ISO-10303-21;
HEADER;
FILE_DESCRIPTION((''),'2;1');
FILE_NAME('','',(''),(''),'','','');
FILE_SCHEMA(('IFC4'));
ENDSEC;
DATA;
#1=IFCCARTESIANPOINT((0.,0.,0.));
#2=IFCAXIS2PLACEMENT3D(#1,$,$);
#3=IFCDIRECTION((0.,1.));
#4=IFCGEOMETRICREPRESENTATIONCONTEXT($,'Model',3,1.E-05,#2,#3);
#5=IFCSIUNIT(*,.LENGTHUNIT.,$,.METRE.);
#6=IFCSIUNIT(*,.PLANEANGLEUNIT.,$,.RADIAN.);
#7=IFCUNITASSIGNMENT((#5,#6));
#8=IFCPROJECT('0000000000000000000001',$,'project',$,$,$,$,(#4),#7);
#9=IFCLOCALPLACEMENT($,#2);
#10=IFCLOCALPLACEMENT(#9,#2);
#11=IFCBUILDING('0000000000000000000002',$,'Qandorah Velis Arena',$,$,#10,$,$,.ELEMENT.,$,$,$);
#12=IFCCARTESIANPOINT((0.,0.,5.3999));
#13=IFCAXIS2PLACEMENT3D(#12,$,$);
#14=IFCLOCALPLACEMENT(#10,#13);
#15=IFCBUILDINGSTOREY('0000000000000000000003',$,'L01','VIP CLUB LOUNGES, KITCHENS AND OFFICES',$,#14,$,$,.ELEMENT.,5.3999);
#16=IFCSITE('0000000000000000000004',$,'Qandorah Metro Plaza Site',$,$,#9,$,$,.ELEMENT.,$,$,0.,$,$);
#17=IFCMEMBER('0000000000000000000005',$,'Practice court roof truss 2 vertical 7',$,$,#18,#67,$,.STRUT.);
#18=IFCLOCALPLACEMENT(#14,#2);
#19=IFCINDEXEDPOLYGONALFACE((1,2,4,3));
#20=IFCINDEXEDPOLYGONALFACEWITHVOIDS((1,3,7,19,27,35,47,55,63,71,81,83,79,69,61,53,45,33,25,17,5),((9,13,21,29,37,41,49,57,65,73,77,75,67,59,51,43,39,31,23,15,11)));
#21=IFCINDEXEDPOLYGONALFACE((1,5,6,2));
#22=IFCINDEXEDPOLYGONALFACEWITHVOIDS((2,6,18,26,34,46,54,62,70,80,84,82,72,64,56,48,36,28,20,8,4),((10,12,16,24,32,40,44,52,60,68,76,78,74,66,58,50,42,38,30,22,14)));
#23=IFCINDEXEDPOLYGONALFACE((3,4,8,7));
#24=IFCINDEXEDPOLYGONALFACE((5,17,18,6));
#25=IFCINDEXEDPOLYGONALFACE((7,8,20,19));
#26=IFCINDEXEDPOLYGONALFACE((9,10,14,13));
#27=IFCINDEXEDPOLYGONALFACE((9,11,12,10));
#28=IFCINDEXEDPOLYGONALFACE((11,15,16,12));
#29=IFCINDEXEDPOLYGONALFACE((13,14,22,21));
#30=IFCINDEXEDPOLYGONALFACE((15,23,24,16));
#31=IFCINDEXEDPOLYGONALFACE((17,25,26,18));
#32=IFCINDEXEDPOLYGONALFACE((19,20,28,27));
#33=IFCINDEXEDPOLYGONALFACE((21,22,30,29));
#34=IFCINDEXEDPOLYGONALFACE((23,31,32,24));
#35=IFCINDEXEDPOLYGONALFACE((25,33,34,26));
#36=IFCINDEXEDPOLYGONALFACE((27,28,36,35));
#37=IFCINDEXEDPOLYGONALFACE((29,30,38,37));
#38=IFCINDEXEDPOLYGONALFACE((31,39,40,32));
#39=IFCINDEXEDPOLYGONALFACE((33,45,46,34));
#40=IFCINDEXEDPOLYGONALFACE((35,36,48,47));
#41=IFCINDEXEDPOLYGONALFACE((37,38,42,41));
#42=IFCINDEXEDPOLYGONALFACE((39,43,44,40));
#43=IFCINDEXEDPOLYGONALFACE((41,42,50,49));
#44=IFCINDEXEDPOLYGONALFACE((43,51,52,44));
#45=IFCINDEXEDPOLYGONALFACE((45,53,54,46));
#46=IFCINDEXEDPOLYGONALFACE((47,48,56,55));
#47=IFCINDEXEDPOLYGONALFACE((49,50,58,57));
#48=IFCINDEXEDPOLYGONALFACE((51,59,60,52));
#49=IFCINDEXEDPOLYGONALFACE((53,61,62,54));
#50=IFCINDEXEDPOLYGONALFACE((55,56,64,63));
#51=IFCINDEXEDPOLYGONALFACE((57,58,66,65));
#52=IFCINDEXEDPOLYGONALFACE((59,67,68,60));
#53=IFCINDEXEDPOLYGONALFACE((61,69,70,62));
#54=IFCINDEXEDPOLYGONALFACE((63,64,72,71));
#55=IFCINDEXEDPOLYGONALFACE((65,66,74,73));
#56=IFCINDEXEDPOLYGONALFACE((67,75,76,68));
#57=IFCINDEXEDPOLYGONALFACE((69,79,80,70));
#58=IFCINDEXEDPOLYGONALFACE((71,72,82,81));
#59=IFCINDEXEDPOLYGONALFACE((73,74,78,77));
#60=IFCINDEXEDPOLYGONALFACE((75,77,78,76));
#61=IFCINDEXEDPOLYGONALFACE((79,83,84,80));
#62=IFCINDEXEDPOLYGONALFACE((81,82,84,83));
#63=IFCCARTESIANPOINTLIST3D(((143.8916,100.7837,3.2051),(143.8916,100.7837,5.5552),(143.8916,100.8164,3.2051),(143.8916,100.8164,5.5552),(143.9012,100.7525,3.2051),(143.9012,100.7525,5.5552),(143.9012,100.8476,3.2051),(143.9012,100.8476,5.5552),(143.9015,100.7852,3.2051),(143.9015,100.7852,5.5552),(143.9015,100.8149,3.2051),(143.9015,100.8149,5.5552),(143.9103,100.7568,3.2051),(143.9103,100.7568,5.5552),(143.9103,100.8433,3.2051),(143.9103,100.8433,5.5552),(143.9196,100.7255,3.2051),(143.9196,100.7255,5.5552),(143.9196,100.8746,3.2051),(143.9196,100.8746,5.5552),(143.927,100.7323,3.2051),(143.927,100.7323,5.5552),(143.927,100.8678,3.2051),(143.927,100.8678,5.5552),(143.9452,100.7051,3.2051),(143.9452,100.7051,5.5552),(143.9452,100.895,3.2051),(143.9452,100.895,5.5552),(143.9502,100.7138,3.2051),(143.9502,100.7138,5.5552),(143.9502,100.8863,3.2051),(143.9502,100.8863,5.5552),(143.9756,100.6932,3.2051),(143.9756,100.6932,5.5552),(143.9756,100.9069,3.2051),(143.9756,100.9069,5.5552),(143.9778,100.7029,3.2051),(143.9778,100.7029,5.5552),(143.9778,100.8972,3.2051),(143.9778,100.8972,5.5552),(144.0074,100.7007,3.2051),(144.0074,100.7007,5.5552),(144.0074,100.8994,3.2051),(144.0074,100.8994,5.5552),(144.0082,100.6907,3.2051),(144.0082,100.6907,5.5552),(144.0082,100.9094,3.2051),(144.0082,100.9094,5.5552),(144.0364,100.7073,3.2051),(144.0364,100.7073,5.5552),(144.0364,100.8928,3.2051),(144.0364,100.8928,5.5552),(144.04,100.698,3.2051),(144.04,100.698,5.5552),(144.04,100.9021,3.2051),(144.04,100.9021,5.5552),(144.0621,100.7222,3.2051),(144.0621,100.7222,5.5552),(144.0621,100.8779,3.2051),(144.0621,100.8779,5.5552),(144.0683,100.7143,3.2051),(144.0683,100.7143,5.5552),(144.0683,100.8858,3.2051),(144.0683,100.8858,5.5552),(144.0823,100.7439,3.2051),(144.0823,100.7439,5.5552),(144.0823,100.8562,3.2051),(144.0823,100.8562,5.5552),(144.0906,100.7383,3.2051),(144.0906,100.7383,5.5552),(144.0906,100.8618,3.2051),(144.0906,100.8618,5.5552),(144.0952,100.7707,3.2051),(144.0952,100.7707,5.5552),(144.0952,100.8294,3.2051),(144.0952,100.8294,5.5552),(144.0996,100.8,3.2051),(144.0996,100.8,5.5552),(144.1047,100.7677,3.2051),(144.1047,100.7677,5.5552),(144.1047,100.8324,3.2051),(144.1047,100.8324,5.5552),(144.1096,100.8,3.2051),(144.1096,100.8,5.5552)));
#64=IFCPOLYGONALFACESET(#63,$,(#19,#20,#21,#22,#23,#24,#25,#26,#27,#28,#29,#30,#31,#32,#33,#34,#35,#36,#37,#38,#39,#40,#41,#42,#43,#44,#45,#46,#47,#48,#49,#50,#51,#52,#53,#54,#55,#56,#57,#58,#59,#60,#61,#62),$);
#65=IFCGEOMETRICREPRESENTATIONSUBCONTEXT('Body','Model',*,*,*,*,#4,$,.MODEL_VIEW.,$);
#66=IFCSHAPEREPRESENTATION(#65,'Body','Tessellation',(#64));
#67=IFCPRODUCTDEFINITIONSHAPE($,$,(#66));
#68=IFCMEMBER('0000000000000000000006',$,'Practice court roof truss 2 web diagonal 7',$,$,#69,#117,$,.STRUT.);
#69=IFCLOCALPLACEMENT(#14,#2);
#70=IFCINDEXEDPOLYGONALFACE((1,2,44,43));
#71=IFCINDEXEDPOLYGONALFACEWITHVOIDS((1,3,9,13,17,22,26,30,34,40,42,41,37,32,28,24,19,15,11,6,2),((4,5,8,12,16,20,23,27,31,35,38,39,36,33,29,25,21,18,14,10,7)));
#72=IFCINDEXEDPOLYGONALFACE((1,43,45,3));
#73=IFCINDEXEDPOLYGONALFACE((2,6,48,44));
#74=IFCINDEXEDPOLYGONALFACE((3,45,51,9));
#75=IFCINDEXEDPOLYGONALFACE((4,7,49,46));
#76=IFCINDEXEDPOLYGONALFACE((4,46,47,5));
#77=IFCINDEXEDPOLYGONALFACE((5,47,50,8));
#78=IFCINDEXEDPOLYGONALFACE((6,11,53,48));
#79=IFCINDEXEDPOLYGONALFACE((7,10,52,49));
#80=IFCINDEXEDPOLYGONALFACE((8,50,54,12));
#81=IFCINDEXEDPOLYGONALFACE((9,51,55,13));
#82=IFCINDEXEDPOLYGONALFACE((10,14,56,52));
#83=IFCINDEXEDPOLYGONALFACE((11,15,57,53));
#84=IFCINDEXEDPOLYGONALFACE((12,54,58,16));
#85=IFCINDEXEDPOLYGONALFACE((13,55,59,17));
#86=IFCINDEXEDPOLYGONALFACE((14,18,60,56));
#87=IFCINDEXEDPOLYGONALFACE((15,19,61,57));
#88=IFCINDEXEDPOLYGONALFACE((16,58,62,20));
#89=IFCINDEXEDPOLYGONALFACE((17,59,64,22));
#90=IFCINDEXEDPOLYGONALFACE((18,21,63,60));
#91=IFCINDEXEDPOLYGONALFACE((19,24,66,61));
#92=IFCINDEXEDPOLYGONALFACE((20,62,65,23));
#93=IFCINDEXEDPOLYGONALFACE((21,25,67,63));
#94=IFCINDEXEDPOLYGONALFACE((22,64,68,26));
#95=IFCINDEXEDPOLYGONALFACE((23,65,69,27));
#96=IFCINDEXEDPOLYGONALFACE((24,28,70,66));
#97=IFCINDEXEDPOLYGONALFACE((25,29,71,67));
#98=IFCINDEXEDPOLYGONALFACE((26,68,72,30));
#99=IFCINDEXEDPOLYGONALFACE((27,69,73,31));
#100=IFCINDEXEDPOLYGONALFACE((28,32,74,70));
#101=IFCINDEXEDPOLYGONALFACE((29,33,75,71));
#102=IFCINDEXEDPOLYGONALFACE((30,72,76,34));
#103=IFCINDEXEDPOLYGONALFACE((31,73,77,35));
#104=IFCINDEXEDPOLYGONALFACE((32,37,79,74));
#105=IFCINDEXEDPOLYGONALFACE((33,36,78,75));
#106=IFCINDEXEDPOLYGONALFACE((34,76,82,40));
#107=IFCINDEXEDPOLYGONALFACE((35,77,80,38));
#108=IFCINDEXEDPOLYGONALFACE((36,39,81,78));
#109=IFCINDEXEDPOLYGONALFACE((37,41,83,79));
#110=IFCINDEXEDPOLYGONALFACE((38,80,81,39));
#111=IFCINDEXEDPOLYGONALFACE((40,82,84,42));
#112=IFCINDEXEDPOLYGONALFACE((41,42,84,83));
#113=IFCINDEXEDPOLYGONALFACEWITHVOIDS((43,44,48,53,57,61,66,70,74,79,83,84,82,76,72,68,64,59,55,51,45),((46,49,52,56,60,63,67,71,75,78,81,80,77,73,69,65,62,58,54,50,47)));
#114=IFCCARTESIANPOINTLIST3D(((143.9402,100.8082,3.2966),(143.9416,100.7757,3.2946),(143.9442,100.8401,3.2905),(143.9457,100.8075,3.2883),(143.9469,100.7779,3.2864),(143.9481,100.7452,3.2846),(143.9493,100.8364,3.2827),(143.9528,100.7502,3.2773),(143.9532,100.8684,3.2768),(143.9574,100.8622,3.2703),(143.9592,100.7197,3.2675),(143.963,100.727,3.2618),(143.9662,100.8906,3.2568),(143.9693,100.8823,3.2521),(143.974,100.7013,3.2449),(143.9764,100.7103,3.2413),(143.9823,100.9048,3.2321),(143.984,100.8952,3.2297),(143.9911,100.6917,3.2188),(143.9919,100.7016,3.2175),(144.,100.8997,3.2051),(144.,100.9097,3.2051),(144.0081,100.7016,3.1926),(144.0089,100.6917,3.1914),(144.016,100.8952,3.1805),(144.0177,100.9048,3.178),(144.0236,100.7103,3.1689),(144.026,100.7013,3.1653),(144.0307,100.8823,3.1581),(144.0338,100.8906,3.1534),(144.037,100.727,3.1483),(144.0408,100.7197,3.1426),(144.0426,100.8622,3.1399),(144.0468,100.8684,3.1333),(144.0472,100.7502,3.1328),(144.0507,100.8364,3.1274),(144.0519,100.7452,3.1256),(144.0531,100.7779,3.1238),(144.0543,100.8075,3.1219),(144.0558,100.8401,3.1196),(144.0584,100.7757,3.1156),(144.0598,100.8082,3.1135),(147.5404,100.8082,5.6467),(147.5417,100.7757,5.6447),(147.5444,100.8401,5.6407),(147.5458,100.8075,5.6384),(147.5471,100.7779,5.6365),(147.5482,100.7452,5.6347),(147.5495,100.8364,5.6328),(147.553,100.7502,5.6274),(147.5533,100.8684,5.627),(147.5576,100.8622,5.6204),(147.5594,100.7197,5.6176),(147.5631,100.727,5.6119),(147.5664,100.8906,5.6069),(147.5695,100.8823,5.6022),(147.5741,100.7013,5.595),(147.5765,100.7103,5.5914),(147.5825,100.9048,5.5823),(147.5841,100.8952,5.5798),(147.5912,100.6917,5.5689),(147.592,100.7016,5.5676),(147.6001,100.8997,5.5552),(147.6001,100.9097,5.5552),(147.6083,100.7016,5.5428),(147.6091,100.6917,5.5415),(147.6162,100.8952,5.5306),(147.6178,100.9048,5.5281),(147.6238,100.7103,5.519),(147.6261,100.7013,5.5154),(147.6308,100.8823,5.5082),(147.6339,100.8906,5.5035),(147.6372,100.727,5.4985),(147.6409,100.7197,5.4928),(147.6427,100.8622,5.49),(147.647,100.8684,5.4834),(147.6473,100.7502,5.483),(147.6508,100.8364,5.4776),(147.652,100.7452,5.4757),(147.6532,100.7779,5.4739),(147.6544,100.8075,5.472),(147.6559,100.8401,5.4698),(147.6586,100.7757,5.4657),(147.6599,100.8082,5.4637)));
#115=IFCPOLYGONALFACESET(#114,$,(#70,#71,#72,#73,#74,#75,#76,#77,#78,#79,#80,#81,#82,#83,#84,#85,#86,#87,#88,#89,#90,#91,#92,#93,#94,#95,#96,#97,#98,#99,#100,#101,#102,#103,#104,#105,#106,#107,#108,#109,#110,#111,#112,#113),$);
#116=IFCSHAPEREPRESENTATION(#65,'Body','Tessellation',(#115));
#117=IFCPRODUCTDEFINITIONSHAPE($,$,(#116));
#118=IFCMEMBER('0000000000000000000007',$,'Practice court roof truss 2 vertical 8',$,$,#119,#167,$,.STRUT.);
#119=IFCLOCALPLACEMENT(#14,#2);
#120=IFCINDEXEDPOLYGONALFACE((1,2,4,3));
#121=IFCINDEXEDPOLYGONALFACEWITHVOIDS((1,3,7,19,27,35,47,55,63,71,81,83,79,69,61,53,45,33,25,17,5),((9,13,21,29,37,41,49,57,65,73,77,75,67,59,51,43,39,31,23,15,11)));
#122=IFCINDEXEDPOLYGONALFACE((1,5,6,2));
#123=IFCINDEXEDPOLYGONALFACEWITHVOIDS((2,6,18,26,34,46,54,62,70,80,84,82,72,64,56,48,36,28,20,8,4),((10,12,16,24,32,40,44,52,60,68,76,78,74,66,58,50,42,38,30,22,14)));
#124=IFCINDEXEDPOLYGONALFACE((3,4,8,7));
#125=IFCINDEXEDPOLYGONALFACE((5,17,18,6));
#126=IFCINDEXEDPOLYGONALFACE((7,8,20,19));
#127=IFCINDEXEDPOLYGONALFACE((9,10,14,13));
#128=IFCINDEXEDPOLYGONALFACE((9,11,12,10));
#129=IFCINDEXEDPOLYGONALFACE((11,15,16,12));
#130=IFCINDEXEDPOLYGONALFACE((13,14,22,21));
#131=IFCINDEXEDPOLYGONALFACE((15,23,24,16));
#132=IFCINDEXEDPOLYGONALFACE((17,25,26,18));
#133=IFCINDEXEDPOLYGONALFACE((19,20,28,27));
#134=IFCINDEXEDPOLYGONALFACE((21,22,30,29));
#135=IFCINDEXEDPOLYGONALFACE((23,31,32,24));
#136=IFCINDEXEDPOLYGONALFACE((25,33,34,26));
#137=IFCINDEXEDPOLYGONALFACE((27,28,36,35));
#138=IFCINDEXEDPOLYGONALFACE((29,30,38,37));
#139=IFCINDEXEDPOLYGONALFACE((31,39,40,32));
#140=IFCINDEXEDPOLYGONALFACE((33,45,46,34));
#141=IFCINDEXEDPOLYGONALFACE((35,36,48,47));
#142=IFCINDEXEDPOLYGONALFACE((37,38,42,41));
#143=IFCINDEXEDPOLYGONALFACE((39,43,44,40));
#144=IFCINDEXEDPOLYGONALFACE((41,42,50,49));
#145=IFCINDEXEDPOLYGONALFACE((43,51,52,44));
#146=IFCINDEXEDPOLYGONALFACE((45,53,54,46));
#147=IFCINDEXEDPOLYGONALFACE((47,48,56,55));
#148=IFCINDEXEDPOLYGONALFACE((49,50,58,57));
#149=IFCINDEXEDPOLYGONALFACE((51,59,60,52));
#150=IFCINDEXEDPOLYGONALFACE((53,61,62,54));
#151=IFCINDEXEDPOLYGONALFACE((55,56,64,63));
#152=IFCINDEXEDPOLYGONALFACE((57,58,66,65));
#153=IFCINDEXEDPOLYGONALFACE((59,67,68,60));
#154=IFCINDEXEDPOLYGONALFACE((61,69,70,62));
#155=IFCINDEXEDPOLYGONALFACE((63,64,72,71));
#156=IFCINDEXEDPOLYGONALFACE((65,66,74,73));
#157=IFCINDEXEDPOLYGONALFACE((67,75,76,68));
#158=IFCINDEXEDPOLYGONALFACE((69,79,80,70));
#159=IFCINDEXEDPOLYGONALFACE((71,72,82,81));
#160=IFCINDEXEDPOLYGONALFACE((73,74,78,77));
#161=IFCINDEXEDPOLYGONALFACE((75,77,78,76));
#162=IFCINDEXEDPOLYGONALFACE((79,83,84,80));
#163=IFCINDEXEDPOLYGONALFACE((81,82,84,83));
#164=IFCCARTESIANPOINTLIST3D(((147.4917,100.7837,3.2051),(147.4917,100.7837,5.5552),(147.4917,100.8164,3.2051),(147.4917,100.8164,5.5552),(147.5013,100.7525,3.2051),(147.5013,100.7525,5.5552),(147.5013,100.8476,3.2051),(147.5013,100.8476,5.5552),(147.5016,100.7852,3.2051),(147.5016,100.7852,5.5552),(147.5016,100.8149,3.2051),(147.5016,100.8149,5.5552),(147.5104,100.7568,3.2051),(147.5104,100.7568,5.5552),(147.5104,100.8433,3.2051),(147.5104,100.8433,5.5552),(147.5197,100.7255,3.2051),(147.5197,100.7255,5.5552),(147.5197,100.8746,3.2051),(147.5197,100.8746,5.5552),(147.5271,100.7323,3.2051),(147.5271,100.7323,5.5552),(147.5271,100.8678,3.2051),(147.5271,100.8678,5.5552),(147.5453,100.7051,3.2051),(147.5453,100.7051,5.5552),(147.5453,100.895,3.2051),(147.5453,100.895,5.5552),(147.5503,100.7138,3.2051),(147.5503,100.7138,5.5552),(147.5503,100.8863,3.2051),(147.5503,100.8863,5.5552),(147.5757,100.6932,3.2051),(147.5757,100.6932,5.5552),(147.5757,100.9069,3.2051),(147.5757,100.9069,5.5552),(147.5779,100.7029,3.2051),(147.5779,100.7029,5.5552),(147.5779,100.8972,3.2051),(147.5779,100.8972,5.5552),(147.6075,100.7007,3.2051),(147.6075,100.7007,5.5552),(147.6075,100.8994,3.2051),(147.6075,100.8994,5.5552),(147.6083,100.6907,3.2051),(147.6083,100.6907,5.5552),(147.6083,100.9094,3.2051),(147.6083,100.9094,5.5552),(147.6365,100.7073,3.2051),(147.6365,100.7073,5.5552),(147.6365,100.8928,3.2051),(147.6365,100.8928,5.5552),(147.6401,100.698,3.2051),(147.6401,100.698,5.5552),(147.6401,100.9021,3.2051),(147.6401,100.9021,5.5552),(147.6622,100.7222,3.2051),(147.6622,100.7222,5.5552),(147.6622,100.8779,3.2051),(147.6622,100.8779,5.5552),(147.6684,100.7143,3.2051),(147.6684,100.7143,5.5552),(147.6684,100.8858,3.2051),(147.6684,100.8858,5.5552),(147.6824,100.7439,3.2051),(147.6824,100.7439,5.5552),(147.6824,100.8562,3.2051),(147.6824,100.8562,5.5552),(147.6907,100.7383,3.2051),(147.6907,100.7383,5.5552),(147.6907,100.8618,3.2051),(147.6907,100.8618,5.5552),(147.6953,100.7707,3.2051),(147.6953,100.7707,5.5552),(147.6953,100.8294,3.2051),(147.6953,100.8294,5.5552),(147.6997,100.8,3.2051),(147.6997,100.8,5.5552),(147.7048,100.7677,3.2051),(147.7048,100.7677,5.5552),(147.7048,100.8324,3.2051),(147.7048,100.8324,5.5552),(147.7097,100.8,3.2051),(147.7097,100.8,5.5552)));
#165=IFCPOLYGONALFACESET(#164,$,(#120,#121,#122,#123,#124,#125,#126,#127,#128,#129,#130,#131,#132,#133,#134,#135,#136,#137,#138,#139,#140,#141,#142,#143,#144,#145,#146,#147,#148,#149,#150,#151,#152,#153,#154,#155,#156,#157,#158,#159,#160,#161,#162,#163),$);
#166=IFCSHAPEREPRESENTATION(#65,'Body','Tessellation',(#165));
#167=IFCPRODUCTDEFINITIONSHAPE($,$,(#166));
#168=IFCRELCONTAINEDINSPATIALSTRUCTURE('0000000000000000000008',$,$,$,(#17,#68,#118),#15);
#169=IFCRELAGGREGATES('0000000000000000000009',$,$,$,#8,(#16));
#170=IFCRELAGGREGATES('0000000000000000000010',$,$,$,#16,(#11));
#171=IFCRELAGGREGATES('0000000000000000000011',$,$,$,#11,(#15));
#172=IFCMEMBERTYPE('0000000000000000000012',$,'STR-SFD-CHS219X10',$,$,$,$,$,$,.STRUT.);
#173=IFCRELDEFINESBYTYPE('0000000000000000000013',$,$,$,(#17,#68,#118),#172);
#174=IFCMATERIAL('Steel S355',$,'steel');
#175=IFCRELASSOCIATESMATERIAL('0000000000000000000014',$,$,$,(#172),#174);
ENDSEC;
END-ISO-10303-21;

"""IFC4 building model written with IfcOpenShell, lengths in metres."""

from ifc_helpers import new_model, si_unit, direction, frame, origin, origin_2d, place, context, subcontext, project, spatial, hollow_circle, extrude, material, material_profile, profile_set, type_object, element, save


model = new_model("IFC4")

# Units and contexts
model_context = context("Model", 3, precision=1e-05, world=origin(), true_north=direction((0.0, 1.0)))
body_context = subcontext(model_context, "Body", "Model", "MODEL_VIEW")
ifc_project = project(units=[si_unit("LENGTHUNIT", "METRE"), si_unit("PLANEANGLEUNIT", "RADIAN")], contexts=[model_context])

# Site, building, storey
site_placement = place(None, origin())
site = spatial("IfcSite", under=ifc_project, at=site_placement, Name="Qandorah Metro Plaza Site", CompositionType="ELEMENT", RefElevation=0.0)
building_placement = place(site_placement, origin())
building = spatial("IfcBuilding", under=site, at=building_placement, Name="Qandorah Velis Arena", CompositionType="ELEMENT")
storey_placement = place(building_placement, frame((0.0, 0.0, 5.3999)))
storey = spatial("IfcBuildingStorey", under=building, at=storey_placement, Name="L01", Description="VIP CLUB LOUNGES, KITCHENS AND OFFICES", CompositionType="ELEMENT", Elevation=5.3999)

# Members
ifc_material = material(Name="Steel S355", Category="steel")
ifc_material_profile = material_profile(ifc_material, hollow_circle(Radius=0.1096, WallThickness=0.01, at=origin_2d()), Name="CHS 219.1x10")
ifc_profile_set = profile_set([ifc_material_profile], Name="Steel S355")
member_type = type_object("IfcMemberType", Name="STR-SFD-CHS219X10", PredefinedType="STRUT", material=ifc_profile_set)
member_1_placement = place(storey_placement, frame((144.0, 100.8, 3.2051), z_axis=(0.0, 0.0, 1.0), x_axis=(1.0, 0.0, 0.0)))
element("IfcMember", 1, at=member_1_placement, inside=storey, type_object=member_type, Name="Practice court roof truss 2 vertical 7", PredefinedType="STRUT", context=body_context, shape_type="SweptSolid", body=[
    extrude(hollow_circle(Radius=0.1096, WallThickness=0.01, at=origin_2d()), origin(), (0.0, 0.0, 1.0), 2.3501),
])
member_2_placement = place(storey_placement, frame((144.0, 100.8, 3.2051), z_axis=(0.837376, 0.0, 0.546628), x_axis=(0.0, 1.0, 0.0)))
element("IfcMember", 2, at=member_2_placement, inside=storey, type_object=member_type, Name="Practice court roof truss 2 web diagonal 7", PredefinedType="STRUT", context=body_context, shape_type="SweptSolid", body=[
    extrude(hollow_circle(Radius=0.1096, WallThickness=0.01, at=origin_2d()), origin(), (0.0, 0.0, 1.0), 4.2993),
])
member_3_placement = place(storey_placement, frame((147.6001, 100.8, 3.2051), z_axis=(0.0, 0.0, 1.0), x_axis=(1.0, 0.0, 0.0)))
element("IfcMember", 3, at=member_3_placement, inside=storey, type_object=member_type, Name="Practice court roof truss 2 vertical 8", PredefinedType="STRUT", context=body_context, shape_type="SweptSolid", body=[
    extrude(hollow_circle(Radius=0.1096, WallThickness=0.01, at=origin_2d()), origin(), (0.0, 0.0, 1.0), 2.3501),
])

save(model, "model.ifc")
